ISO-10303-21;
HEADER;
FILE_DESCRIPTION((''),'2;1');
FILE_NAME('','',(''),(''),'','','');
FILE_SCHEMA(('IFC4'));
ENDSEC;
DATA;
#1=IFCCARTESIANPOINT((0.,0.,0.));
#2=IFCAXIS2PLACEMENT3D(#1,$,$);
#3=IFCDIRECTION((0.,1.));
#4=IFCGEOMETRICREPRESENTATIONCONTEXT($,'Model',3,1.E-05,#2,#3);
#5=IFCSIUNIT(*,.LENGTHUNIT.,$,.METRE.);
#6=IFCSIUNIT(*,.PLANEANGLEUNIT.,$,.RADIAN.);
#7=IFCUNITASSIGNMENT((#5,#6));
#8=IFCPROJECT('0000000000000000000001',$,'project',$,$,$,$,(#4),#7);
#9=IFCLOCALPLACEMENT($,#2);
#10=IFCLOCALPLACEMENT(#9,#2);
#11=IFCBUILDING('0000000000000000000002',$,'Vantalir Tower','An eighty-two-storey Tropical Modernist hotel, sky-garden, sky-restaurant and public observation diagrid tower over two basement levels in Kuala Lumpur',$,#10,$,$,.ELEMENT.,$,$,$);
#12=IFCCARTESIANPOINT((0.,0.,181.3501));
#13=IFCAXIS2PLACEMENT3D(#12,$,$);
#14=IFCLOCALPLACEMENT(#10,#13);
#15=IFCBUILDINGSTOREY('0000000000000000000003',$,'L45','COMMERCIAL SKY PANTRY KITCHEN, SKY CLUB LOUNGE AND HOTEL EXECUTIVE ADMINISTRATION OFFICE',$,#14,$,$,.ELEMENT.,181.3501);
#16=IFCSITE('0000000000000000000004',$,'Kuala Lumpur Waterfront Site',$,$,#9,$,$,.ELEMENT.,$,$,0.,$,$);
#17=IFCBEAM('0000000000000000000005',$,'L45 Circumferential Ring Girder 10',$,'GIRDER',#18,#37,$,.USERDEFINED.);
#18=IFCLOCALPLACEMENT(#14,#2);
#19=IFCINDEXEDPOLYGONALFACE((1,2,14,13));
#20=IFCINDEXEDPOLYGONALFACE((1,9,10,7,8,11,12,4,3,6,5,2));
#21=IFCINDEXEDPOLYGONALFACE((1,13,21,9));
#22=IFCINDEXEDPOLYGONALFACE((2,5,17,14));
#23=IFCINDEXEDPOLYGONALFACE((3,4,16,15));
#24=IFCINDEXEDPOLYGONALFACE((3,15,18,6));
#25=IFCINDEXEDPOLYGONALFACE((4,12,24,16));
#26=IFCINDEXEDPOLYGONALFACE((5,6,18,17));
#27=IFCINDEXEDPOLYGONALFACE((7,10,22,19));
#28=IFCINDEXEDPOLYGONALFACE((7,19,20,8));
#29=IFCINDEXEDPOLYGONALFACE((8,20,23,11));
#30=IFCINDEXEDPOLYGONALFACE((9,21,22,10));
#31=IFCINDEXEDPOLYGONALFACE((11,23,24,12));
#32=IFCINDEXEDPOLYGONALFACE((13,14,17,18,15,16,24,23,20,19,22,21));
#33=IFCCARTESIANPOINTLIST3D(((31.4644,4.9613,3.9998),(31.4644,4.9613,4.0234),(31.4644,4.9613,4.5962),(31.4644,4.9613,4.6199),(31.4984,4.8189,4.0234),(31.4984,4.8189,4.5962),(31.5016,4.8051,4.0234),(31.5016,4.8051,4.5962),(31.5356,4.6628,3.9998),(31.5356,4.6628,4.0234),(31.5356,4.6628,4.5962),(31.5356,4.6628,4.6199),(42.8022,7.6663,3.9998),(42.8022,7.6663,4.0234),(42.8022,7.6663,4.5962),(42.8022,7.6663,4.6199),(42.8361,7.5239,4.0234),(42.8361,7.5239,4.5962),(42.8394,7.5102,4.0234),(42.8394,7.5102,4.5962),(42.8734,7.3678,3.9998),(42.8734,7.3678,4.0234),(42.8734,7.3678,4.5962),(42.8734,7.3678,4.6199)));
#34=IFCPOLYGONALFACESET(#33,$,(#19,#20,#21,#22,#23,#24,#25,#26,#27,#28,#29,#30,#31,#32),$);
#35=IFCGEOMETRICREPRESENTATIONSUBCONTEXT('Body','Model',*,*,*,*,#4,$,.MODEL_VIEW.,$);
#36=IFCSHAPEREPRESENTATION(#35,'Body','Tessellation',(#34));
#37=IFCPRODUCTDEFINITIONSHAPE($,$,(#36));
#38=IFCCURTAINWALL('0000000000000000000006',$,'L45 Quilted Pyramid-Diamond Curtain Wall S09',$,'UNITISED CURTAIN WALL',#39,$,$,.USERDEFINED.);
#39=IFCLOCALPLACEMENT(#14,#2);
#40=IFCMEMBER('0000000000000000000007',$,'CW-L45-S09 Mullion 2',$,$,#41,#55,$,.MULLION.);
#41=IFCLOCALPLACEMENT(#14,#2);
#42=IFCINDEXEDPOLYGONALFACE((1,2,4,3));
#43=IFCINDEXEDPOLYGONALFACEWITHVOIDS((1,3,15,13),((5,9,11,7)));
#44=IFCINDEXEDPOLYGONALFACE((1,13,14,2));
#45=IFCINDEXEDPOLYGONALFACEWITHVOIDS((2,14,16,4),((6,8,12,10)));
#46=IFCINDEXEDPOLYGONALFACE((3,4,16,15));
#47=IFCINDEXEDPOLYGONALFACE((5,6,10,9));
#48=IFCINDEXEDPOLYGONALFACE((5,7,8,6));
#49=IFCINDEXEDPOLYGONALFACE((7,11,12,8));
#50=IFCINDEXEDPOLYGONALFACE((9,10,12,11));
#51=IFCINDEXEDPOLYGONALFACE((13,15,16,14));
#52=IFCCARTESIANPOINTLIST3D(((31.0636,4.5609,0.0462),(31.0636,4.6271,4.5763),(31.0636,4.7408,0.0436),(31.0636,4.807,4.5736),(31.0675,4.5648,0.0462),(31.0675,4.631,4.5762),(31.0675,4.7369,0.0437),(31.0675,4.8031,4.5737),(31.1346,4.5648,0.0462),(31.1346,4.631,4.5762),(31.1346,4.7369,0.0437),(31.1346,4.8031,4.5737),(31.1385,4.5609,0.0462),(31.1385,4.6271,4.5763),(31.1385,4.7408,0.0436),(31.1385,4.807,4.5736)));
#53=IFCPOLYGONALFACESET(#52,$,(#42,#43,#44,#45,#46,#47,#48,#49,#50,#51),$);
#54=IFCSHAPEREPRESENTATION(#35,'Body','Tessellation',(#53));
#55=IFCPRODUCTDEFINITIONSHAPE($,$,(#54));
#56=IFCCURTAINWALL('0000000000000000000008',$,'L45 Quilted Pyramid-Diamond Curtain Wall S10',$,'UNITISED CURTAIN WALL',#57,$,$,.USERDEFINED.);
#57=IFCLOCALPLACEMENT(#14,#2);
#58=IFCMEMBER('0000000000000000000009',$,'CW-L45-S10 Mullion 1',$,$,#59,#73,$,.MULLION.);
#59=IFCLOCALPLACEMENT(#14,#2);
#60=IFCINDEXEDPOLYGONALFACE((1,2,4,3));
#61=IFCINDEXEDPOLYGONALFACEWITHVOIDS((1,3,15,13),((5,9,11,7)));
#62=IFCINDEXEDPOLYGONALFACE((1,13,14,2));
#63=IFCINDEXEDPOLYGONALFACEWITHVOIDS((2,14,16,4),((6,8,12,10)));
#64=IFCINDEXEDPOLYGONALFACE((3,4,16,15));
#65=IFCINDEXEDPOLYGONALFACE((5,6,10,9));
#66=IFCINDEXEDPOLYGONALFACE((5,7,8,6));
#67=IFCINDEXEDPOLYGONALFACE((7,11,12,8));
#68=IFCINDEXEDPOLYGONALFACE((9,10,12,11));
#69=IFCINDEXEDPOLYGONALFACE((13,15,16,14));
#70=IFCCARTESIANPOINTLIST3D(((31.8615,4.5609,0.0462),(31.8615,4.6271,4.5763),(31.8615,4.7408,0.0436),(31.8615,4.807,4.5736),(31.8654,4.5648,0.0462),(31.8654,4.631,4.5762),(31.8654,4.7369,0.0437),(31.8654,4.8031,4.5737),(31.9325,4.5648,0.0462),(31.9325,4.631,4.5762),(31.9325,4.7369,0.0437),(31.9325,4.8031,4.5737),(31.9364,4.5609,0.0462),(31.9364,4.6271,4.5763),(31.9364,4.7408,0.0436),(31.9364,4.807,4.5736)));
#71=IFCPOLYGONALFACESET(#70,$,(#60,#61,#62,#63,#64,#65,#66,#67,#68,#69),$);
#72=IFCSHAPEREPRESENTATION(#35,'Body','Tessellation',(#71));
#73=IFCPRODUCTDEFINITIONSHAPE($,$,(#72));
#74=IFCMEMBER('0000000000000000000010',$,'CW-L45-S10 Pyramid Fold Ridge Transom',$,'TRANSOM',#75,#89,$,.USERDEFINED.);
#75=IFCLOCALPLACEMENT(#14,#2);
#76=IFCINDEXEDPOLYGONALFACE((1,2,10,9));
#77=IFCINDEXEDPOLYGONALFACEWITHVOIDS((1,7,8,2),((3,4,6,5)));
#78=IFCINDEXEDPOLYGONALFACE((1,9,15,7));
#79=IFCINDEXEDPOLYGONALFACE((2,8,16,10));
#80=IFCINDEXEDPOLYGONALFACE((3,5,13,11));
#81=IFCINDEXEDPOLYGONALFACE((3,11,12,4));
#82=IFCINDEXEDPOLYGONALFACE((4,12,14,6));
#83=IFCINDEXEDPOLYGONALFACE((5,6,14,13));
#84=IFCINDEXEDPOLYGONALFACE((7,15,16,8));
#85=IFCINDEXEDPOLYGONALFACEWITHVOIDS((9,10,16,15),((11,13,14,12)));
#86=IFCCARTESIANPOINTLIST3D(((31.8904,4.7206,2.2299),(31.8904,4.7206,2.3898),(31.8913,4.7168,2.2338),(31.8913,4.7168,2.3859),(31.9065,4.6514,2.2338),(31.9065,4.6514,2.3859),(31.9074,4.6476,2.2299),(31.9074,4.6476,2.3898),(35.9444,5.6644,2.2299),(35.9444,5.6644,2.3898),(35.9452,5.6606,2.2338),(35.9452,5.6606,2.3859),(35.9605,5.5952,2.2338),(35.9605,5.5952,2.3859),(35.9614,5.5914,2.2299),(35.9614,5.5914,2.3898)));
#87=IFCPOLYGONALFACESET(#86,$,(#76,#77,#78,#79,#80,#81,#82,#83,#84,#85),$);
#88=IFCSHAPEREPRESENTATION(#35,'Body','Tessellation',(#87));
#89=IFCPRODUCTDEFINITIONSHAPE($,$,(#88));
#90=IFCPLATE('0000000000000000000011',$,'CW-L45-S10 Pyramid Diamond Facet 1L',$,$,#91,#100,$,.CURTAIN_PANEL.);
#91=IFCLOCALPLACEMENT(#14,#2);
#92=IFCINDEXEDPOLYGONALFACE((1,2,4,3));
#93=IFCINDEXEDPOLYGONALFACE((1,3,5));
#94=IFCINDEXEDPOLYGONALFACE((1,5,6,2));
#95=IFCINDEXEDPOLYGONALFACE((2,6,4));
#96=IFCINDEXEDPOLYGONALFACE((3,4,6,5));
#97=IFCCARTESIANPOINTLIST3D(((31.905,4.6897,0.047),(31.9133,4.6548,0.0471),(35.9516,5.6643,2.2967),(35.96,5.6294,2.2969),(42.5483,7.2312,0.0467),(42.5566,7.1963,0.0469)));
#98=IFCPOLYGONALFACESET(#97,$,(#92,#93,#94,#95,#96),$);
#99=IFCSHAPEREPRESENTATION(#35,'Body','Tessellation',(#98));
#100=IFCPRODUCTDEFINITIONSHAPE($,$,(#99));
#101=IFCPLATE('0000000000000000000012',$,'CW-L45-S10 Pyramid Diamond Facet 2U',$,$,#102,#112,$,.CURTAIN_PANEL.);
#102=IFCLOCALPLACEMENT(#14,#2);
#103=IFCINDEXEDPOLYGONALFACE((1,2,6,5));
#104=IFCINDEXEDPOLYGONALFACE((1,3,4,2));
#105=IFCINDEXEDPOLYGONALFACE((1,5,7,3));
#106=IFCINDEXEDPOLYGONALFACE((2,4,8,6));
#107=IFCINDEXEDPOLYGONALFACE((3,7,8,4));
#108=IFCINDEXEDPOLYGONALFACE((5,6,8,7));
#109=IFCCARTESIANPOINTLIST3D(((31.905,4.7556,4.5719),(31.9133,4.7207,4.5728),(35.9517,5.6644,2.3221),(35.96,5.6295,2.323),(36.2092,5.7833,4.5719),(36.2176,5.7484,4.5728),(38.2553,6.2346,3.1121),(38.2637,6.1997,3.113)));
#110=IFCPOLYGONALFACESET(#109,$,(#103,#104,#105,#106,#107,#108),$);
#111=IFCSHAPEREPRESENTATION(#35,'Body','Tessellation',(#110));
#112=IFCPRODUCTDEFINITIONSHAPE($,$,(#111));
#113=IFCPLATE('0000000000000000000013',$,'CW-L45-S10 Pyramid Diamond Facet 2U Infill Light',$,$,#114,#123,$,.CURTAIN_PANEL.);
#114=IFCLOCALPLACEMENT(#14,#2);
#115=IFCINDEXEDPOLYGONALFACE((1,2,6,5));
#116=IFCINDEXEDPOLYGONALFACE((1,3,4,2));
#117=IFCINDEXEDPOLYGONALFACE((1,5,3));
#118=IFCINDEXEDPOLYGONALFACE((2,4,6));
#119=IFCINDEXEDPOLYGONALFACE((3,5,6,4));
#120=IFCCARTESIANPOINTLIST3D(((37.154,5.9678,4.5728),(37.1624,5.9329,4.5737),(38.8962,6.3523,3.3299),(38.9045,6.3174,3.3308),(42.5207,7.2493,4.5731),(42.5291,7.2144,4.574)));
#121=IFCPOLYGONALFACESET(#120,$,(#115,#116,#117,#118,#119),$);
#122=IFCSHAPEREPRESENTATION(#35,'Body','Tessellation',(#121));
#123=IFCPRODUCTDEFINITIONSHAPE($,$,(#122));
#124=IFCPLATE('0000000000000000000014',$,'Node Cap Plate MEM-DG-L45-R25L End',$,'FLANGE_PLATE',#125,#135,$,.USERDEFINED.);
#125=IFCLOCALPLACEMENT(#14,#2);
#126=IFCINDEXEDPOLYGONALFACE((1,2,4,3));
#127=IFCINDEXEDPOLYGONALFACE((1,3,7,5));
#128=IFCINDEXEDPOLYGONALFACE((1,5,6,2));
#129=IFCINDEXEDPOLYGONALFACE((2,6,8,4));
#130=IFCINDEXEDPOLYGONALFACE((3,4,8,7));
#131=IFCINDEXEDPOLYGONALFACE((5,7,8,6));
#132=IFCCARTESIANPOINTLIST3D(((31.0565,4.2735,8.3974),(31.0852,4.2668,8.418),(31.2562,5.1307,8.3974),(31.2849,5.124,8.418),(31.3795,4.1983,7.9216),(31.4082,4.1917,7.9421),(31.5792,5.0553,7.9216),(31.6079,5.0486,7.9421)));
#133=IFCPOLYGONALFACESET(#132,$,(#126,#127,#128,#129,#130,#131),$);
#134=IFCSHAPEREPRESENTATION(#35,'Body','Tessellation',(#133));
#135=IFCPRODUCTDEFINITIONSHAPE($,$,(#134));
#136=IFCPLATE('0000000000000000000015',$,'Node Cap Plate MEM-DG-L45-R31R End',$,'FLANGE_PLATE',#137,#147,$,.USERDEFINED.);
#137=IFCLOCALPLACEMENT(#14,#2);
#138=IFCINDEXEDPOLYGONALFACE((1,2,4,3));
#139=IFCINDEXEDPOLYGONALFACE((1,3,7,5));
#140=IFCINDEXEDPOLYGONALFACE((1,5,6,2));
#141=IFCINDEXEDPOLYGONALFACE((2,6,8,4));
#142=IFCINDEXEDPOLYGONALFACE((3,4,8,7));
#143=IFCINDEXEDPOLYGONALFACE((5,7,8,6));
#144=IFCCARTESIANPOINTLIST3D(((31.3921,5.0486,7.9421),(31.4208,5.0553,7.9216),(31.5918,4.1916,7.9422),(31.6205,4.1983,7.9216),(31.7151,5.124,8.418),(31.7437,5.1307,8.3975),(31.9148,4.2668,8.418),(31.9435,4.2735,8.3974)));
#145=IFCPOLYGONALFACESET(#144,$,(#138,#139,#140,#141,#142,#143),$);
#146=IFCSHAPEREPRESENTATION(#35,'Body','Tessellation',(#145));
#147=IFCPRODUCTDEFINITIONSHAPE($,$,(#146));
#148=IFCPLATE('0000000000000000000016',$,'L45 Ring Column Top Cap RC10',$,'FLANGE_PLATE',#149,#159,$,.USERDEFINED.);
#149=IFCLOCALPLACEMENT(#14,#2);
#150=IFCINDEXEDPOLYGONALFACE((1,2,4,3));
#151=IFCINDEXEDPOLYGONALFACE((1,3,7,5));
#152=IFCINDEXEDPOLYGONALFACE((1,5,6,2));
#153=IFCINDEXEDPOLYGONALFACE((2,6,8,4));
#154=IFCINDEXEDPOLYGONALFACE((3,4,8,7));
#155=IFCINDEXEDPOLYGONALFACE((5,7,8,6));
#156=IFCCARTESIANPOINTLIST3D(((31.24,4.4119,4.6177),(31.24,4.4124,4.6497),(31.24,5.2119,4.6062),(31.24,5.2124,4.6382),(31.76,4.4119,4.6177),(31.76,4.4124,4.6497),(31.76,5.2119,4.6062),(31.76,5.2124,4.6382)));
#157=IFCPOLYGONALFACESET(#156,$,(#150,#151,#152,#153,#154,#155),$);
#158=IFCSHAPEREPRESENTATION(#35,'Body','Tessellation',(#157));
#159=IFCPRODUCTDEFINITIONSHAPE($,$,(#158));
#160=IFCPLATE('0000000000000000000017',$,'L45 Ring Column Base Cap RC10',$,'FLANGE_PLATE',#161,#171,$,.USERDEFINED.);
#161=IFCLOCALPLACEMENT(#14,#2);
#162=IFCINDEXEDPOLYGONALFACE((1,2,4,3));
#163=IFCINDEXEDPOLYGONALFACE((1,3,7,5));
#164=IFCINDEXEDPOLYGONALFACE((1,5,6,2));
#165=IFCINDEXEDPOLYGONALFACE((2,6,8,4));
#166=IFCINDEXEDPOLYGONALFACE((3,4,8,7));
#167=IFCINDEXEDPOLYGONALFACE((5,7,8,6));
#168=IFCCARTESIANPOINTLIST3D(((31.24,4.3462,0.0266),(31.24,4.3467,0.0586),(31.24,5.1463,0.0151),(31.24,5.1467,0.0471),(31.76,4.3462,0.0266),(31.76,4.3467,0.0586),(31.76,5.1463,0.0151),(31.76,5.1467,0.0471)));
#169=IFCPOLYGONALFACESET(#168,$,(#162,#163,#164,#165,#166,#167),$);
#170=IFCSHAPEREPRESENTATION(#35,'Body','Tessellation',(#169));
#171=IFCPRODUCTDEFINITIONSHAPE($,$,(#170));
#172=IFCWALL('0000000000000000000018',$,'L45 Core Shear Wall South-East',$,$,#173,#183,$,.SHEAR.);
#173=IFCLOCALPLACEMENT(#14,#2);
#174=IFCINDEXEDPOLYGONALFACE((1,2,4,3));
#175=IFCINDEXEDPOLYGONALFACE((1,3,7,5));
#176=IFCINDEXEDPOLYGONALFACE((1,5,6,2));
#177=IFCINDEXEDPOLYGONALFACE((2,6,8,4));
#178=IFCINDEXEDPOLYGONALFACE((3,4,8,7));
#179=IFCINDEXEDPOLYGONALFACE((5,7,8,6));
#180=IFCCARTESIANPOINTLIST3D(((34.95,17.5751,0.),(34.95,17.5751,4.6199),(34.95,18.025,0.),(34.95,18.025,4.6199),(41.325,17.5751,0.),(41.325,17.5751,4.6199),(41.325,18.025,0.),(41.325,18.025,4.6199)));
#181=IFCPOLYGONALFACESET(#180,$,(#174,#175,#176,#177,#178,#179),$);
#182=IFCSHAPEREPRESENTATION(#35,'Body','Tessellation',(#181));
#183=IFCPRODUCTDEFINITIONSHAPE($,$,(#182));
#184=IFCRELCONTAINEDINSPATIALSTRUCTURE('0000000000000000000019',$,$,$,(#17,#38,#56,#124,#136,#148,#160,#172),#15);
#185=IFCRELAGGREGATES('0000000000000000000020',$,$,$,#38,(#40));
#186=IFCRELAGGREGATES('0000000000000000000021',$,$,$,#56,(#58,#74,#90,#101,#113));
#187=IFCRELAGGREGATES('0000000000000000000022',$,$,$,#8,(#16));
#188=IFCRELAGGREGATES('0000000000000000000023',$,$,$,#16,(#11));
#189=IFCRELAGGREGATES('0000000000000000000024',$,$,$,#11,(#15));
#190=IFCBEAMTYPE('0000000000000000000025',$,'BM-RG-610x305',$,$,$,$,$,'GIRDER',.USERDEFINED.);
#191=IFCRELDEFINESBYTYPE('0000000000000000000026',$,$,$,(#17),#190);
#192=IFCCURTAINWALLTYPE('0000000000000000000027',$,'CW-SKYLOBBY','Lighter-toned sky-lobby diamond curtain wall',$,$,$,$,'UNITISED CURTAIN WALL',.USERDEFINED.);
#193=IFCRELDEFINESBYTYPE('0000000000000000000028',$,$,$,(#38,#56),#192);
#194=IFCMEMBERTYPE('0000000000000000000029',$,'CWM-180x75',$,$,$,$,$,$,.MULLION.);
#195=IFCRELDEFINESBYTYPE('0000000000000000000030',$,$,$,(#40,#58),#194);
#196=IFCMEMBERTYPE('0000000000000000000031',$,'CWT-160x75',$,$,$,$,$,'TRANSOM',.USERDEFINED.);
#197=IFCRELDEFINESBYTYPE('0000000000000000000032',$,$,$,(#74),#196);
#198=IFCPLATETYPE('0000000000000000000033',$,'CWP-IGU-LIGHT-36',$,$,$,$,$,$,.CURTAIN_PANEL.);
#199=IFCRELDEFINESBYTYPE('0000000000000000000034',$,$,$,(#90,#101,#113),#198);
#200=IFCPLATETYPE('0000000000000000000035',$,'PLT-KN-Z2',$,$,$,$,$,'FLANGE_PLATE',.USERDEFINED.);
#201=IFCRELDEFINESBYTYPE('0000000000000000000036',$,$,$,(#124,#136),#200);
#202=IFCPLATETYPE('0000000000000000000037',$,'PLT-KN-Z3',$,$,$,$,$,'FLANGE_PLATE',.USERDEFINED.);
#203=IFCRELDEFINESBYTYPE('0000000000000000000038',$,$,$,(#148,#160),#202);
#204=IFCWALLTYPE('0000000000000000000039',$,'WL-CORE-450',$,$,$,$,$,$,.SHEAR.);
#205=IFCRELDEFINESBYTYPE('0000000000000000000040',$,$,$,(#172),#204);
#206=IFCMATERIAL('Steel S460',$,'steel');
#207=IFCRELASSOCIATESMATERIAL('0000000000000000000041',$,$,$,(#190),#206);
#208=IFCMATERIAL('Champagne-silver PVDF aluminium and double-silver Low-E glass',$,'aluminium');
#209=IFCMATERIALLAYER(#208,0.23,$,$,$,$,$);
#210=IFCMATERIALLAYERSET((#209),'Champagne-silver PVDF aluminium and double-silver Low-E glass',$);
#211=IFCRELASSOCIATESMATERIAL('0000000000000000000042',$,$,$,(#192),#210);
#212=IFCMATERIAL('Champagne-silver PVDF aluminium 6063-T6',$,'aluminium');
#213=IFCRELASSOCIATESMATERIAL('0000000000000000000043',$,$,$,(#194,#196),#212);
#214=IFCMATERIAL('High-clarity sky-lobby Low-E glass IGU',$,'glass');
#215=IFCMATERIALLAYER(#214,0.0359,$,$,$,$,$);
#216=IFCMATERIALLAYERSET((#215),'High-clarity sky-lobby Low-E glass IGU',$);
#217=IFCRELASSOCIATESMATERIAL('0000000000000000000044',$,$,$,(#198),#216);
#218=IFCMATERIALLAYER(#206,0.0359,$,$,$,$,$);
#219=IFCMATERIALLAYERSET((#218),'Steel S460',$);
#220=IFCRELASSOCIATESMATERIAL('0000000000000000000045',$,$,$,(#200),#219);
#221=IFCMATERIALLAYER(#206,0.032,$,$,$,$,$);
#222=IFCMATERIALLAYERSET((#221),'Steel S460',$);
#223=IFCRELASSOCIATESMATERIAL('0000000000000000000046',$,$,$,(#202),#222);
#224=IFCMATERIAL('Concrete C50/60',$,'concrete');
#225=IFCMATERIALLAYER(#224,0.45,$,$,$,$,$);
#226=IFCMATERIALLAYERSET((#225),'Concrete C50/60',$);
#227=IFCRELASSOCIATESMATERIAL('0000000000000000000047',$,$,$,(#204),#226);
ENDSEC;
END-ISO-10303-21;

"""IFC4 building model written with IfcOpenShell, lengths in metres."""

from ifc_helpers import new_model, si_unit, direction, frame, frame_2d, origin, origin_2d, place, context, subcontext, project, spatial, polyline, rectangle, hollow_rectangle, i_section, outline, extrude, material, layer, layer_set, material_profile, profile_set, type_object, element, aggregate, save


model = new_model("IFC4")

# Units and contexts
model_context = context("Model", 3, precision=1e-05, world=origin(), true_north=direction((0.0, 1.0)))
body_context = subcontext(model_context, "Body", "Model", "MODEL_VIEW")
ifc_project = project(units=[si_unit("LENGTHUNIT", "METRE"), si_unit("PLANEANGLEUNIT", "RADIAN")], contexts=[model_context])

# Site, building, storey
site_placement = place(None, origin())
site = spatial("IfcSite", under=ifc_project, at=site_placement, Name="Kuala Lumpur Waterfront Site", CompositionType="ELEMENT", RefElevation=0.0)
building_placement = place(site_placement, origin())
building = spatial("IfcBuilding", under=site, at=building_placement, Name="Vantalir Tower", Description="An eighty-two-storey Tropical Modernist hotel, sky-garden, sky-restaurant and public observation diagrid tower over two basement levels in Kuala Lumpur", CompositionType="ELEMENT")
storey_placement = place(building_placement, frame((0.0, 0.0, 181.3501)))
storey = spatial("IfcBuildingStorey", under=building, at=storey_placement, Name="L45", Description="COMMERCIAL SKY PANTRY KITCHEN, SKY CLUB LOUNGE AND HOTEL EXECUTIVE ADMINISTRATION OFFICE", CompositionType="ELEMENT", Elevation=181.3501)

# Shared definitions
ifc_material_1 = material(Name="Concrete C50/60", Category="concrete")
ifc_material_2 = material(Name="Steel S460", Category="steel")

# Beam
ifc_material_profile_1 = material_profile(ifc_material_2, i_section(OverallWidth=0.3069, OverallDepth=0.6201, WebThickness=0.0142, FlangeThickness=0.0237, at=origin_2d()), Name="Steel S460")
ifc_profile_set_1 = profile_set([ifc_material_profile_1], Name="Steel S460")
beam_type_1 = type_object("IfcBeamType", Name="BM-RG-610x305", ElementType="GIRDER", PredefinedType="USERDEFINED", material=ifc_profile_set_1)
beam_1_placement = place(storey_placement, frame((31.5, 4.812, 4.3098), z_axis=(0.972698, 0.232074, 0.0), x_axis=(-0.232074, 0.972698, 0.0)))
element("IfcBeam", 1, at=beam_1_placement, inside=storey, type_object=beam_type_1, Name="L45 Circumferential Ring Girder 10", ObjectType="GIRDER", PredefinedType="USERDEFINED", context=body_context, shape_type="SweptSolid", body=[
    extrude(i_section(OverallWidth=0.3069, OverallDepth=0.6201, WebThickness=0.0142, FlangeThickness=0.0237, at=origin_2d()), origin(), (0.0, 0.0, 1.0), 11.656),
])

# Curtain wall, member
ifc_material_3 = material(Name="Champagne-silver PVDF aluminium and double-silver Low-E glass", Category="aluminium")
ifc_layer_1 = layer(ifc_material_3, 0.23)
ifc_layer_set_1 = layer_set([ifc_layer_1], Name="Champagne-silver PVDF aluminium and double-silver Low-E glass")
curtain_wall_type = type_object("IfcCurtainWallType", Name="CW-SKYLOBBY", Description="Lighter-toned sky-lobby diamond curtain wall", ElementType="UNITISED CURTAIN WALL", PredefinedType="USERDEFINED", material=ifc_layer_set_1)
curtain_wall_1_placement = place(storey_placement, origin())
curtain_wall_1 = element("IfcCurtainWall", 2, at=curtain_wall_1_placement, inside=storey, type_object=curtain_wall_type, Name="L45 Quilted Pyramid-Diamond Curtain Wall S09", ObjectType="UNITISED CURTAIN WALL", PredefinedType="USERDEFINED")
ifc_material_4 = material(Name="Champagne-silver PVDF aluminium 6063-T6", Category="aluminium")
ifc_material_profile_2 = material_profile(ifc_material_4, hollow_rectangle(XDim=0.075, YDim=0.1799, WallThickness=0.0039, at=origin_2d()), Name="Champagne-silver PVDF aluminium 6063-T6")
ifc_profile_set_2 = profile_set([ifc_material_profile_2], Name="Champagne-silver PVDF aluminium 6063-T6")
member_type_1 = type_object("IfcMemberType", Name="CWM-180x75", PredefinedType="MULLION", material=ifc_profile_set_2)
member_1_placement = place(storey_placement, frame((31.1011, 4.6509, 0.0449), z_axis=(0.0, 0.014604, 0.999893), x_axis=(-1.0, 0.0, 0.0)))
member_1 = element("IfcMember", 3, at=member_1_placement, type_object=member_type_1, Name="CW-L45-S09 Mullion 2", PredefinedType="MULLION", context=body_context, shape_type="SweptSolid", body=[
    extrude(hollow_rectangle(XDim=0.075, YDim=0.1799, WallThickness=0.0039, at=origin_2d()), origin(), (0.0, 0.0, 1.0), 4.5305),
])
aggregate(curtain_wall_1, [member_1])

# Curtain wall, members, plates
curtain_wall_2_placement = place(storey_placement, origin())
curtain_wall_2 = element("IfcCurtainWall", 4, at=curtain_wall_2_placement, inside=storey, type_object=curtain_wall_type, Name="L45 Quilted Pyramid-Diamond Curtain Wall S10", ObjectType="UNITISED CURTAIN WALL", PredefinedType="USERDEFINED")
member_2_placement = place(storey_placement, frame((31.8989, 4.6509, 0.0449), z_axis=(0.0, 0.014604, 0.999893), x_axis=(-1.0, 0.0, 0.0)))
member_2 = element("IfcMember", 5, at=member_2_placement, type_object=member_type_1, Name="CW-L45-S10 Mullion 1", PredefinedType="MULLION", context=body_context, shape_type="SweptSolid", body=[
    extrude(hollow_rectangle(XDim=0.075, YDim=0.1799, WallThickness=0.0039, at=origin_2d()), origin(), (0.0, 0.0, 1.0), 4.5305),
])
ifc_material_profile_3 = material_profile(ifc_material_4, hollow_rectangle(XDim=0.075, YDim=0.1599, WallThickness=0.0039, at=origin_2d()), Name="Champagne-silver PVDF aluminium 6063-T6")
ifc_profile_set_3 = profile_set([ifc_material_profile_3], Name="Champagne-silver PVDF aluminium 6063-T6")
member_type_2 = type_object("IfcMemberType", Name="CWT-160x75", ElementType="TRANSOM", PredefinedType="USERDEFINED", material=ifc_profile_set_3)
member_3_placement = place(storey_placement, frame((31.8989, 4.6841, 2.3098), z_axis=(0.973951, 0.226757, 0.0), x_axis=(-0.226757, 0.973951, 0.0)))
member_3 = element("IfcMember", 6, at=member_3_placement, type_object=member_type_2, Name="CW-L45-S10 Pyramid Fold Ridge Transom", ObjectType="TRANSOM", PredefinedType="USERDEFINED", context=body_context, shape_type="SweptSolid", body=[
    extrude(hollow_rectangle(XDim=0.075, YDim=0.1599, WallThickness=0.0039, at=origin_2d()), origin(), (0.0, 0.0, 1.0), 4.1624),
])
ifc_material_5 = material(Name="High-clarity sky-lobby Low-E glass IGU", Category="glass")
ifc_layer_2 = layer(ifc_material_5, 0.0359)
ifc_layer_set_2 = layer_set([ifc_layer_2], Name="High-clarity sky-lobby Low-E glass IGU")
plate_type_1 = type_object("IfcPlateType", Name="CWP-IGU-LIGHT-36", PredefinedType="CURTAIN_PANEL", material=ifc_layer_set_2)
plate_1_placement = place(storey_placement, frame((31.9133, 4.6548, 0.0471), z_axis=(0.232258, -0.972648, 0.003596), x_axis=(0.972654, 0.232259, -0.000022)))
plate_1 = element("IfcPlate", 7, at=plate_1_placement, type_object=plate_type_1, Name="CW-L45-S10 Pyramid Diamond Facet 1L", PredefinedType="CURTAIN_PANEL", context=body_context, shape_type="SweptSolid", body=[
    extrude(outline(polyline([(0.0, 0.0), (10.9425, 0.0), (4.1623, 2.2499), (0.0, 0.0)])), origin(), (0.0, 0.0, -1.0), 0.0359),
])
plate_2_placement = place(storey_placement, frame((31.9133, 4.7207, 4.5728), z_axis=(0.232166, -0.97236, 0.024808), x_axis=(0.972659, 0.232238, 0.000001)))
plate_2 = element("IfcPlate", 8, at=plate_2_placement, type_object=plate_type_1, Name="CW-L45-S10 Pyramid Diamond Facet 2U", PredefinedType="CURTAIN_PANEL", context=body_context, shape_type="SweptSolid", body=[
    extrude(outline(polyline([(0.0, 0.0), (4.4252, 0.0), (6.5202, -1.4602), (4.1471, -2.2504), (0.0, 0.0)])), origin(), (0.0, 0.0, -1.0), 0.0359),
])
plate_3_placement = place(storey_placement, frame((37.1624, 5.9329, 4.5737), z_axis=(0.232185, -0.97236, 0.024633), x_axis=(0.972655, 0.232257, 0.000044)))
plate_3 = element("IfcPlate", 9, at=plate_3_placement, type_object=plate_type_1, Name="CW-L45-S10 Pyramid Diamond Facet 2U Infill Light", PredefinedType="CURTAIN_PANEL", context=body_context, shape_type="SweptSolid", body=[
    extrude(outline(polyline([(0.0, 0.0), (5.5176, 0.0), (1.7838, -1.2434), (0.0, 0.0)])), origin(), (0.0, 0.0, -1.0), 0.0359),
])
aggregate(curtain_wall_2, [member_2, member_3, plate_1, plate_2, plate_3])

# Plates
ifc_layer_3 = layer(ifc_material_2, 0.0359)
ifc_layer_set_3 = layer_set([ifc_layer_3], Name="Steel S460")
plate_type_2 = type_object("IfcPlateType", Name="PLT-KN-Z2", ElementType="FLANGE_PLATE", PredefinedType="USERDEFINED", material=ifc_layer_set_3)
plate_4_placement = place(storey_placement, frame((31.4082, 4.1917, 7.9421), z_axis=(0.798975, -0.186173, 0.571821), x_axis=(0.226946, 0.973907, -0.000015)))
element("IfcPlate", 10, at=plate_4_placement, inside=storey, type_object=plate_type_2, Name="Node Cap Plate MEM-DG-L45-R25L End", ObjectType="FLANGE_PLATE", PredefinedType="USERDEFINED", context=body_context, shape_type="SweptSolid", body=[
    extrude(outline(polyline([(0.0, 0.0), (0.8799, 0.0), (0.8801, 0.58), (-0.0001, 0.58), (0.0, 0.0)])), origin(), (0.0, 0.0, -1.0), 0.0359),
])
plate_5_placement = place(storey_placement, frame((31.3921, 5.0486, 7.9421), z_axis=(-0.798975, -0.186173, 0.571821), x_axis=(0.226946, -0.973907, 0.000015)))
element("IfcPlate", 11, at=plate_5_placement, inside=storey, type_object=plate_type_2, Name="Node Cap Plate MEM-DG-L45-R31R End", ObjectType="FLANGE_PLATE", PredefinedType="USERDEFINED", context=body_context, shape_type="SweptSolid", body=[
    extrude(outline(polyline([(0.0, 0.0), (0.8799, 0.0), (0.88, 0.58), (-0.0002, 0.58), (0.0, 0.0)])), origin(), (0.0, 0.0, -1.0), 0.0359),
])
ifc_layer_4 = layer(ifc_material_2, 0.032)
ifc_layer_set_4 = layer_set([ifc_layer_4], Name="Steel S460")
plate_type_3 = type_object("IfcPlateType", Name="PLT-KN-Z3", ElementType="FLANGE_PLATE", PredefinedType="USERDEFINED", material=ifc_layer_set_4)
for number, where, z_axis, x_axis, name in (
    (12, (31.24, 5.2124, 4.6382), (0.0, 0.014341, 0.999897), (0.0, -0.999897, 0.014341), "L45 Ring Column Top Cap RC10"),
    (13, (31.24, 5.1467, 0.0471), (0.0, 0.014341, 0.999897), (0.0, -0.999897, 0.014341), "L45 Ring Column Base Cap RC10"),
):
    element("IfcPlate", number, at=place(storey_placement, frame(where, z_axis=z_axis, x_axis=x_axis)), inside=storey, type_object=plate_type_3, Name=name, ObjectType="FLANGE_PLATE", PredefinedType="USERDEFINED", context=body_context, shape_type="SweptSolid", body=[
        extrude(outline(polyline([(0.0, 0.0), (0.8001, 0.0), (0.8001, 0.52), (0.0, 0.52), (0.0, 0.0)])), origin(), (0.0, 0.0, -1.0), 0.032),
    ])

# Wall
ifc_layer_5 = layer(ifc_material_1, 0.45)
ifc_layer_set_5 = layer_set([ifc_layer_5], Name="Concrete C50/60")
wall_type_1 = type_object("IfcWallType", Name="WL-CORE-450", PredefinedType="SHEAR", material=ifc_layer_set_5)
wall_1_placement = place(storey_placement, frame((34.95, 17.8, 0.0), z_axis=(0.0, 0.0, 1.0), x_axis=(1.0, 0.0, 0.0)))
element("IfcWall", 14, at=wall_1_placement, inside=storey, type_object=wall_type_1, Name="L45 Core Shear Wall South-East", PredefinedType="SHEAR", context=body_context, shape_type="SweptSolid", body=[
    extrude(rectangle(XDim=6.375, YDim=0.45, at=frame_2d((3.1875, 0.0))), origin(), (0.0, 0.0, 1.0), 4.6199),
])

save(model, "model.ifc")
